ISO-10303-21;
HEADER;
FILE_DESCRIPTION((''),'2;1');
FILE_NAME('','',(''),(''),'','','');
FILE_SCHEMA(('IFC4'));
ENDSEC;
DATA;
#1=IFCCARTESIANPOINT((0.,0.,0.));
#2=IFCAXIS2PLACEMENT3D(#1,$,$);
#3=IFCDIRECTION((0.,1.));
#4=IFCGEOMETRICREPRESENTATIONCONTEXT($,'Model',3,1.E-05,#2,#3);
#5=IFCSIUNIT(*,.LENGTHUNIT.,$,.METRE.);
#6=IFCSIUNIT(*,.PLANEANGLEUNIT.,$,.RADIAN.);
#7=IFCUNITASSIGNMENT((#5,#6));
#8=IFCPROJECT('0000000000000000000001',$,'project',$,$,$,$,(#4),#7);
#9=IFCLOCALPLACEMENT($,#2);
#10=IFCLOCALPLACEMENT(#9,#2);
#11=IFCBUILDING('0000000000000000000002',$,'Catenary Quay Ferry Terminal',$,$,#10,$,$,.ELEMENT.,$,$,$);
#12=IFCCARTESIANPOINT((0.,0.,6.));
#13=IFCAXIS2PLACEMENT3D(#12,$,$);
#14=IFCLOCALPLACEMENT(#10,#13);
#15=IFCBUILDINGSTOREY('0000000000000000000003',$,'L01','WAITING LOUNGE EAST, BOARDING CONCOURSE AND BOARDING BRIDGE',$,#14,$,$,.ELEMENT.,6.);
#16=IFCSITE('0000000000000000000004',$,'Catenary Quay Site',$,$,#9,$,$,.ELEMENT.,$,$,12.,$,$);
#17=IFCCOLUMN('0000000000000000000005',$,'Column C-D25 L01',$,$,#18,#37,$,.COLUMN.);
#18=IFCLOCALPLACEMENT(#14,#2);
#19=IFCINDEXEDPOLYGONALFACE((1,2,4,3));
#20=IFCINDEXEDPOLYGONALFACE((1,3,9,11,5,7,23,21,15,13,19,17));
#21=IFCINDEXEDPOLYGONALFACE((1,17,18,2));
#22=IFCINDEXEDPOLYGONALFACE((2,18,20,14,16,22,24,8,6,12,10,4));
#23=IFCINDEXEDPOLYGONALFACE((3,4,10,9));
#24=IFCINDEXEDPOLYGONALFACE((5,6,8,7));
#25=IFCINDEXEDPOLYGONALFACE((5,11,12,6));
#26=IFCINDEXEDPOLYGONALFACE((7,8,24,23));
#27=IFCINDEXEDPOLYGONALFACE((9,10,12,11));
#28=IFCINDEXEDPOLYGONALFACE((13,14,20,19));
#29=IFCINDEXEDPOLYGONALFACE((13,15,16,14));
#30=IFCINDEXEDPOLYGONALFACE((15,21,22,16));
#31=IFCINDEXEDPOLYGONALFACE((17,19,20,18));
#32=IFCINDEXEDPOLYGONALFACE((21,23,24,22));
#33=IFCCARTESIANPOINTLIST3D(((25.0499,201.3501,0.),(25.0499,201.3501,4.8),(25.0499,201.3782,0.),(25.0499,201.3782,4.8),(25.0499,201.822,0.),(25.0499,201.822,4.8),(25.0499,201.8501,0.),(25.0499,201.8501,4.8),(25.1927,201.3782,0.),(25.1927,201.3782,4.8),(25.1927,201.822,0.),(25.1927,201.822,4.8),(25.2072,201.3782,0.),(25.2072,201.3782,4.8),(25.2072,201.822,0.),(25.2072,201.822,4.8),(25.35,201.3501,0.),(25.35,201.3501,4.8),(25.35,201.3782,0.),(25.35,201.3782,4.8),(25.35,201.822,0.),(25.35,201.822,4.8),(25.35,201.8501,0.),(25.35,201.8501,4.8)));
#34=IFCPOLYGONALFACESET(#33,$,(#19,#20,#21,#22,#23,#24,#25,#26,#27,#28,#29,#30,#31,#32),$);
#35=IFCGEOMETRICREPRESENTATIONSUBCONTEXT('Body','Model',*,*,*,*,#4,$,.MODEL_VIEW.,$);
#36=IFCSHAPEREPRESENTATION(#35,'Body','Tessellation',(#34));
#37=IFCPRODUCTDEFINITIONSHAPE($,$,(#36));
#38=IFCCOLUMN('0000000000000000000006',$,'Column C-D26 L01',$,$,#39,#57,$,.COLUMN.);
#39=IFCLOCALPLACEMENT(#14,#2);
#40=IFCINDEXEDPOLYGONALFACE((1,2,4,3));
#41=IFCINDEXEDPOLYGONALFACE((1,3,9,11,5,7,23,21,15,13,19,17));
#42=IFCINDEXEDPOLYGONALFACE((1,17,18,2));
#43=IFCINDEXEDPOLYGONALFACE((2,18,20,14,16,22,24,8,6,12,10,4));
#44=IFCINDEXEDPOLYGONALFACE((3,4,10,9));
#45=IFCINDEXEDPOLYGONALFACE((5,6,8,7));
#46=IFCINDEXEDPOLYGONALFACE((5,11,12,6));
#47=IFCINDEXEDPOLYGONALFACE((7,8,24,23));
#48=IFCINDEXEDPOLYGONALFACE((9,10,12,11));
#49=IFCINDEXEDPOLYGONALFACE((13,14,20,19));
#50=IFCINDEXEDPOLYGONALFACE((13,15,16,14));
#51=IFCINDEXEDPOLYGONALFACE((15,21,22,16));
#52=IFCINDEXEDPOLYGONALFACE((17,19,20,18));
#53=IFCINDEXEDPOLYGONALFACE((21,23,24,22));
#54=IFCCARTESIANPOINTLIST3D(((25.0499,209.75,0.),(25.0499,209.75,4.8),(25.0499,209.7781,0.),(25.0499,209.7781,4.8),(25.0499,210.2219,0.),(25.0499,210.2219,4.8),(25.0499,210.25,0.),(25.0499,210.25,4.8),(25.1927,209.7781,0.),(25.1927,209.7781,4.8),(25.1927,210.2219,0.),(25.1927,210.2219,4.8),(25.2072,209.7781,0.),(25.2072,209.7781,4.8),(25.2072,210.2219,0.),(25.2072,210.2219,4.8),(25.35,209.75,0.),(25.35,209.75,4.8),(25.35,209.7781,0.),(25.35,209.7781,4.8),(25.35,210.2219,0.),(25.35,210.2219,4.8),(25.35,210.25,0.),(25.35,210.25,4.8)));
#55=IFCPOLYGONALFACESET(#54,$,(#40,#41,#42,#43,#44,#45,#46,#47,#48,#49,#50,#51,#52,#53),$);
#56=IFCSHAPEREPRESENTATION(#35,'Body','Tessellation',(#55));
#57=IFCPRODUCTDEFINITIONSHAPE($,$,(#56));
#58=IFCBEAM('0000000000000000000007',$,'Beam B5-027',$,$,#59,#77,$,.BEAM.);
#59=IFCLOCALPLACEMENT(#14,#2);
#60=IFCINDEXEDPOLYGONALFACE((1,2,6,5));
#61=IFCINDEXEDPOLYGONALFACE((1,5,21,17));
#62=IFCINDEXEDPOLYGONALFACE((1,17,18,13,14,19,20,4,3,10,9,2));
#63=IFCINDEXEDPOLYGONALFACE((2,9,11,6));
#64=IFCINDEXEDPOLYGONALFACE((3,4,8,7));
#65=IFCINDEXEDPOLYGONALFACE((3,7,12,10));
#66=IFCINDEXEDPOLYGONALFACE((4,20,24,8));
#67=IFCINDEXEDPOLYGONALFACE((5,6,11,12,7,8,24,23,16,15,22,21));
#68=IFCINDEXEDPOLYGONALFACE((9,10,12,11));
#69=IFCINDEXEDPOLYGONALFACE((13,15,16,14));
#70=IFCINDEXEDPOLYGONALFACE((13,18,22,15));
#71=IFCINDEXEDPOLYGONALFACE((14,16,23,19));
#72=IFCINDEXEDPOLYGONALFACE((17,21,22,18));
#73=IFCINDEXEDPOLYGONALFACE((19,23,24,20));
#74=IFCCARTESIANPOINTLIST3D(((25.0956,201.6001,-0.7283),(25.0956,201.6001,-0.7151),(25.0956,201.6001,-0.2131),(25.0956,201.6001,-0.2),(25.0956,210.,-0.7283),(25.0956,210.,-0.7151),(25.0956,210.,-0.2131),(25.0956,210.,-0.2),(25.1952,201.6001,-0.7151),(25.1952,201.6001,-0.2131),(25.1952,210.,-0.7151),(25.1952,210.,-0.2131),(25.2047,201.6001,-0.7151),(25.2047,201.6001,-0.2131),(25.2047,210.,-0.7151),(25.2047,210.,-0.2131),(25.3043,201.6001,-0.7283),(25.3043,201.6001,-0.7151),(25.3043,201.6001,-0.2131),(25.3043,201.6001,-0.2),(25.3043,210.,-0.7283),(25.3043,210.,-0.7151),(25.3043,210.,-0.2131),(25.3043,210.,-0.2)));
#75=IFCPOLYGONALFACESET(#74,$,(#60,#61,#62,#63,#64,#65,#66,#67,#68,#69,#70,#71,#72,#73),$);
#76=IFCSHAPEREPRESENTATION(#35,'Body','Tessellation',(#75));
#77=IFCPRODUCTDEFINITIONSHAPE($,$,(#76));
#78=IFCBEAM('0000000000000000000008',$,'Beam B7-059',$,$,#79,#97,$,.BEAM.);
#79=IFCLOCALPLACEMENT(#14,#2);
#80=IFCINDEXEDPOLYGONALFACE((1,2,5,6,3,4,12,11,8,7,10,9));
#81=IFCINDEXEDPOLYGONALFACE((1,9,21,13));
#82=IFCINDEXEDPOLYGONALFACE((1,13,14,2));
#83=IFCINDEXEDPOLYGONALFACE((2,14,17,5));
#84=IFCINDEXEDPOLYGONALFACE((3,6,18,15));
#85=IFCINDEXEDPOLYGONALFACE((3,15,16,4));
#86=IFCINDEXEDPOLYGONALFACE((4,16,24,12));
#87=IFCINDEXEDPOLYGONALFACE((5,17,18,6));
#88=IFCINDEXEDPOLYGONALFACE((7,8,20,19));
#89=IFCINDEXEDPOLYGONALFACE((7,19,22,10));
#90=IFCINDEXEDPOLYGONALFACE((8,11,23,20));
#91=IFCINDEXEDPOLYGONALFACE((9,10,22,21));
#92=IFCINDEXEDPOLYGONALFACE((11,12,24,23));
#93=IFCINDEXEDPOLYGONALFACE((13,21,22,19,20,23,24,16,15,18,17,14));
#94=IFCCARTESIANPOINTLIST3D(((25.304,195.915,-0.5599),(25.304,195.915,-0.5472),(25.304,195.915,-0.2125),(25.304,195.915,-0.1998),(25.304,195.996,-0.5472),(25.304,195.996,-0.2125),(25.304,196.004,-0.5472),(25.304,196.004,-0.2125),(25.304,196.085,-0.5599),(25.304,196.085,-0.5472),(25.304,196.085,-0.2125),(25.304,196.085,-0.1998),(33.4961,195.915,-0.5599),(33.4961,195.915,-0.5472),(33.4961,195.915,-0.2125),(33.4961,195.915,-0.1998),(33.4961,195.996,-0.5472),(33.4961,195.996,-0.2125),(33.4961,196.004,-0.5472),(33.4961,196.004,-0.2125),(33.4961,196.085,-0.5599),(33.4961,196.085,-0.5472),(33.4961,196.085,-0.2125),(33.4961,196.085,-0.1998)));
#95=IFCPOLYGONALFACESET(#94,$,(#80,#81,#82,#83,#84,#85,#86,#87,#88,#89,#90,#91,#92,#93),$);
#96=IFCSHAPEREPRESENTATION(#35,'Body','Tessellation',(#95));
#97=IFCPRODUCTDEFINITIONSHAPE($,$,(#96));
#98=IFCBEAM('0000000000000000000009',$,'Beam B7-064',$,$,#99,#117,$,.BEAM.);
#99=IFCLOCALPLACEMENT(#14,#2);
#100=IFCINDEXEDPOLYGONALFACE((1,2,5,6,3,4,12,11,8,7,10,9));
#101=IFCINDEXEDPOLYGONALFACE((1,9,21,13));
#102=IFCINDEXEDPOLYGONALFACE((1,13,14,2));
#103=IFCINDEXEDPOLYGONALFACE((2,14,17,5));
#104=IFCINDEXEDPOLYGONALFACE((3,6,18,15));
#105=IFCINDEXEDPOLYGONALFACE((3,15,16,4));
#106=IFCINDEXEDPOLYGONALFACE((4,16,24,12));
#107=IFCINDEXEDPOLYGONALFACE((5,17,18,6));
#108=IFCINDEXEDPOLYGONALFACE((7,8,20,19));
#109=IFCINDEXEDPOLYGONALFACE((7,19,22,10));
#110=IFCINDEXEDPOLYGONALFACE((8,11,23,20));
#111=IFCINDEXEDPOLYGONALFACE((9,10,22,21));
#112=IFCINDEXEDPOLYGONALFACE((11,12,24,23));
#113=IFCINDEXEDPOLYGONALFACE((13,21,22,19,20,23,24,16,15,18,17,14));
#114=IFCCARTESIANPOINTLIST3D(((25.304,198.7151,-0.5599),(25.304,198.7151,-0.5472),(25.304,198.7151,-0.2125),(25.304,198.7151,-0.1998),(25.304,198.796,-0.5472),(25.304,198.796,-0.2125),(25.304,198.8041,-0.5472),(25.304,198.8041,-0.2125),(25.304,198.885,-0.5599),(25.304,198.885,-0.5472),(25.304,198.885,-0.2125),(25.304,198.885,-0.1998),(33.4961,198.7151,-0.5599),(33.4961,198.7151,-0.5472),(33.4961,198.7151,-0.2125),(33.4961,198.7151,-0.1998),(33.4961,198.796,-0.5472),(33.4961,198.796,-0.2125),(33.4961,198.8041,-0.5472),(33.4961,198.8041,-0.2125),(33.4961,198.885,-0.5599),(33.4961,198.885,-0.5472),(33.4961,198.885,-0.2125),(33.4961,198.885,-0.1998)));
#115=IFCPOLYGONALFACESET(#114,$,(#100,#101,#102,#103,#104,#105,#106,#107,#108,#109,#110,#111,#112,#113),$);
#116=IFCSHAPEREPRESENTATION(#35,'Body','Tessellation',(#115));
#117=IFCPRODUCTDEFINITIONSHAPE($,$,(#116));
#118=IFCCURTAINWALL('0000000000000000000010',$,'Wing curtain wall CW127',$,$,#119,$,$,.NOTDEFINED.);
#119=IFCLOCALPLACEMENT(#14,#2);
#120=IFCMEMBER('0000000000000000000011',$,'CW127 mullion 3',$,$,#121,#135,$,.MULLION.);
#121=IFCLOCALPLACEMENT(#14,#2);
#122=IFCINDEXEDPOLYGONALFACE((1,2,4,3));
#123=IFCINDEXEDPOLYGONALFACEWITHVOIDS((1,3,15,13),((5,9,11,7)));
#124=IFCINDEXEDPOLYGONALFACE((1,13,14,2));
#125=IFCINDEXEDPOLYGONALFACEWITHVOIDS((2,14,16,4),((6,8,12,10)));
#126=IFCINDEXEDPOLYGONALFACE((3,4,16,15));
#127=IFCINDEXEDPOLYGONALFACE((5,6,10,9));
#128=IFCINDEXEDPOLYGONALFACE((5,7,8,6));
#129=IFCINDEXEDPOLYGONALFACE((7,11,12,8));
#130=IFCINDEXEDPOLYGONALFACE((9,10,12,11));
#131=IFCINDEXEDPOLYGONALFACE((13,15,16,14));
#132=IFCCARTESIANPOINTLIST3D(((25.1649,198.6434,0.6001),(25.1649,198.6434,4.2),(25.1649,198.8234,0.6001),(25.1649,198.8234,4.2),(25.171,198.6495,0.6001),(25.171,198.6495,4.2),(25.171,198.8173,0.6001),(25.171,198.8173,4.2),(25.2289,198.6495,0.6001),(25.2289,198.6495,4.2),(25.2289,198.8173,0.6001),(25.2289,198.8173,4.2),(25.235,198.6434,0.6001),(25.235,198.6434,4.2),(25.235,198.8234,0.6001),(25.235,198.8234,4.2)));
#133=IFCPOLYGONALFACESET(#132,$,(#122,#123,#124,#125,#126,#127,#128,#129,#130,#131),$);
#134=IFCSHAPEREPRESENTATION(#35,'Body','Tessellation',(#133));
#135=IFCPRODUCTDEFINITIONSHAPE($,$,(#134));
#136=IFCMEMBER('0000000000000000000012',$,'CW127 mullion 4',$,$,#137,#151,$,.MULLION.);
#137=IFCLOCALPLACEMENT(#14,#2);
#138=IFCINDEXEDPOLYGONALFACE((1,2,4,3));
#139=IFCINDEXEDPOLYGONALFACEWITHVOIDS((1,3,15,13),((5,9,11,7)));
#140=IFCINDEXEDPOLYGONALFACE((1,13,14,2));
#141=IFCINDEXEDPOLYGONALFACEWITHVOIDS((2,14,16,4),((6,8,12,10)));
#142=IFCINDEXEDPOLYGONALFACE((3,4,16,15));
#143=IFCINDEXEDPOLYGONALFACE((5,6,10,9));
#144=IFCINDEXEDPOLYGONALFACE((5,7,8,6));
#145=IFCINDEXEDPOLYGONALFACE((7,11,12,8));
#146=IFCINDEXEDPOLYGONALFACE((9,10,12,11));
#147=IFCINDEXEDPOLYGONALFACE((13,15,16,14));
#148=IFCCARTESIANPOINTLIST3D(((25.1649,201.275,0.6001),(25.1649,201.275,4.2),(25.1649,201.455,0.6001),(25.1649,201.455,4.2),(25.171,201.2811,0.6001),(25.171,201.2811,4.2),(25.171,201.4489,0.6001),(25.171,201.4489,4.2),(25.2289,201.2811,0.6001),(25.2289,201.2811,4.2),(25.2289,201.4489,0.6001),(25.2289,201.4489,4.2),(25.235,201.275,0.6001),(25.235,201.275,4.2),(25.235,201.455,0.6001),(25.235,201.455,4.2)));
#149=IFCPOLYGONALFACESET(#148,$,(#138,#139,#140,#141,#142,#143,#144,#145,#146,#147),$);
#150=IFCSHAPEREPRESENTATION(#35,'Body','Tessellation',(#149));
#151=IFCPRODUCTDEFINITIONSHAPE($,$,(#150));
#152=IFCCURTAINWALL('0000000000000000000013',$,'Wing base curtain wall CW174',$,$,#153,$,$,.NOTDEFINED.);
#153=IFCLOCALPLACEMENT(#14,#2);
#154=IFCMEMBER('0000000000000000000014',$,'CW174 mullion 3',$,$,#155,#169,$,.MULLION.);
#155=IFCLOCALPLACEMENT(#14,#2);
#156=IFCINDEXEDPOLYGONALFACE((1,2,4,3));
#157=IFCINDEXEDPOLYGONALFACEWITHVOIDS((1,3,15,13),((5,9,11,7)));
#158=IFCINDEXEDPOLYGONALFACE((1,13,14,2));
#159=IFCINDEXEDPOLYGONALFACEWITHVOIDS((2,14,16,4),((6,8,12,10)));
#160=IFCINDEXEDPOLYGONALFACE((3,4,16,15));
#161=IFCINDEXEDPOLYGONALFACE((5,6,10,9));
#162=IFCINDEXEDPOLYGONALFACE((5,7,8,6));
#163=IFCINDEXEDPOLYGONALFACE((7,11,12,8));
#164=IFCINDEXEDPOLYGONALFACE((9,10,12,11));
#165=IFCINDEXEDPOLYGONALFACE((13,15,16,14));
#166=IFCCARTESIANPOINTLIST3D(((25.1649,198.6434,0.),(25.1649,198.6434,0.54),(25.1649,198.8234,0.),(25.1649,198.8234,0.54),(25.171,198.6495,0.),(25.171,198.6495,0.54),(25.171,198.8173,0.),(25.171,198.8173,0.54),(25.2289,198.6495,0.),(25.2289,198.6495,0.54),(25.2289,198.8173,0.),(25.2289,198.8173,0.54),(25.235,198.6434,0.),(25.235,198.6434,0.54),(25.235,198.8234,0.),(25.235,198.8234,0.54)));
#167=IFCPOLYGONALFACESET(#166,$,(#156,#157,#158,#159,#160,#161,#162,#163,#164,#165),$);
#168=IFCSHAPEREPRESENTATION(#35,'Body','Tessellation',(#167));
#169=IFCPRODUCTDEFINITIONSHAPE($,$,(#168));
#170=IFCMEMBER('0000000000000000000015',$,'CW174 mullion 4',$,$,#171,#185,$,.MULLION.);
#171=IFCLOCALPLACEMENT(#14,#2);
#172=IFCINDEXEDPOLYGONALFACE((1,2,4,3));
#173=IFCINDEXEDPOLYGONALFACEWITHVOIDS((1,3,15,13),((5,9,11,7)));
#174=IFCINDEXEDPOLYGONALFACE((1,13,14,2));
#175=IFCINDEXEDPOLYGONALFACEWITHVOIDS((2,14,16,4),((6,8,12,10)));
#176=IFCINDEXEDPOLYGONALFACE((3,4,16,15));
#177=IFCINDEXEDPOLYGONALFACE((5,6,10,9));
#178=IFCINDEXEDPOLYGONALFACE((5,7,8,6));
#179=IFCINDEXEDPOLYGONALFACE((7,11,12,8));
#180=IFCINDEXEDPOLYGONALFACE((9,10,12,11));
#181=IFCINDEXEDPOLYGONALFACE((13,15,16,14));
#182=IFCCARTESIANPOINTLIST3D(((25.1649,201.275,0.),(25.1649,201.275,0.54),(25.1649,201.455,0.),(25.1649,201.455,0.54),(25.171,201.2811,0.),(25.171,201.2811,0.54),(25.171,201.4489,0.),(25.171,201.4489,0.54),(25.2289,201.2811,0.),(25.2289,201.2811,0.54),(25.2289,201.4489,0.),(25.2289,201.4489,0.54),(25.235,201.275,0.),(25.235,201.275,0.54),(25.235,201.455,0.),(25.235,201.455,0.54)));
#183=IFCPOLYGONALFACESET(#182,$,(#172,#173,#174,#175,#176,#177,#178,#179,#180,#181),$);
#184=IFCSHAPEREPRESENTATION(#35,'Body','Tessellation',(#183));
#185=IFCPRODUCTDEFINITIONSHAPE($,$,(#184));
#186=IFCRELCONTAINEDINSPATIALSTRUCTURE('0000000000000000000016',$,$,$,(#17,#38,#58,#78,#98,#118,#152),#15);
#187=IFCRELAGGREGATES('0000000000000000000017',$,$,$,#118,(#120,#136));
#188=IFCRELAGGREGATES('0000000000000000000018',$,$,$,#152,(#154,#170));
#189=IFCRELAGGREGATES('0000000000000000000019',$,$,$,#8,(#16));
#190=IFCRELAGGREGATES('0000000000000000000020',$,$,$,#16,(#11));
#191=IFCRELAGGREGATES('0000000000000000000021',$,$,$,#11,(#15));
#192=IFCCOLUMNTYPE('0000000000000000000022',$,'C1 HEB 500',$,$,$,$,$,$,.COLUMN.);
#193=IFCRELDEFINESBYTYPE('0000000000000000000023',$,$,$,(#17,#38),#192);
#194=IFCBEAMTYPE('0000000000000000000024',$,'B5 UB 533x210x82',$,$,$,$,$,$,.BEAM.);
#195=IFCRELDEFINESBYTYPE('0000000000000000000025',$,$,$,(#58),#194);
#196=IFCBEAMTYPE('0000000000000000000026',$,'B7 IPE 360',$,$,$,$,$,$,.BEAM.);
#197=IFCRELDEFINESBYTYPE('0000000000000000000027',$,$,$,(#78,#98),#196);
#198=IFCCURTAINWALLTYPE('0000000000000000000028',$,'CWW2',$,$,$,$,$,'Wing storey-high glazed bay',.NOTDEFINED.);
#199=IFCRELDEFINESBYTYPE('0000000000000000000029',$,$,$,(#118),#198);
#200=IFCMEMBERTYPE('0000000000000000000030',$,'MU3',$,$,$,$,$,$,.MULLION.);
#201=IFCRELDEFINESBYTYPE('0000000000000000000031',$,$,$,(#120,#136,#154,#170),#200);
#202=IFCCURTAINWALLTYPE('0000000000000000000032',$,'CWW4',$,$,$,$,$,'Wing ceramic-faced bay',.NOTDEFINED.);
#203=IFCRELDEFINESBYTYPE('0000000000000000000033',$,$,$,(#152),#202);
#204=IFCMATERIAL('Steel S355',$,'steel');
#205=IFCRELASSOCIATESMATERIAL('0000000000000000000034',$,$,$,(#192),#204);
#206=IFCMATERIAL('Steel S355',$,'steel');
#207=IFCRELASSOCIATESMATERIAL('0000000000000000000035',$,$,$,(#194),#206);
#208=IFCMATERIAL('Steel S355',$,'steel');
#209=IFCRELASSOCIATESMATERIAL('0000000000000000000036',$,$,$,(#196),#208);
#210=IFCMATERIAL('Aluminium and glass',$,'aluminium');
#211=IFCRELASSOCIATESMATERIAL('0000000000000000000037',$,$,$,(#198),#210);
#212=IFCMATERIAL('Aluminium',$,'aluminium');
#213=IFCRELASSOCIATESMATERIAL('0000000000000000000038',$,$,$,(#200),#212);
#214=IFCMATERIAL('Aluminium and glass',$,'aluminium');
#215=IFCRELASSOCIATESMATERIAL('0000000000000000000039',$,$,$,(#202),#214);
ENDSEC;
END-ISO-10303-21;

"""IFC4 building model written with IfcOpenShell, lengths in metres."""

from ifc_helpers import new_model, si_unit, direction, frame, origin, origin_2d, place, context, subcontext, project, spatial, hollow_rectangle, i_section, extrude, material, material_profile, profile_set, type_object, element, aggregate, save


model = new_model("IFC4")

# Units and contexts
model_context = context("Model", 3, precision=1e-05, world=origin(), true_north=direction((0.0, 1.0)))
body_context = subcontext(model_context, "Body", "Model", "MODEL_VIEW")
ifc_project = project(units=[si_unit("LENGTHUNIT", "METRE"), si_unit("PLANEANGLEUNIT", "RADIAN")], contexts=[model_context])

# Site, building, storey
site_placement = place(None, origin())
site = spatial("IfcSite", under=ifc_project, at=site_placement, Name="Catenary Quay Site", CompositionType="ELEMENT", RefElevation=12.0)
building_placement = place(site_placement, origin())
building = spatial("IfcBuilding", under=site, at=building_placement, Name="Catenary Quay Ferry Terminal", CompositionType="ELEMENT")
storey_placement = place(building_placement, frame((0.0, 0.0, 6.0)))
storey = spatial("IfcBuildingStorey", under=building, at=storey_placement, Name="L01", Description="WAITING LOUNGE EAST, BOARDING CONCOURSE AND BOARDING BRIDGE", CompositionType="ELEMENT", Elevation=6.0)

# Columns
ifc_material_1 = material(Name="Steel S355", Category="steel")
ifc_material_profile_1 = material_profile(ifc_material_1, i_section(OverallWidth=0.3, OverallDepth=0.5, WebThickness=0.0144, FlangeThickness=0.0281, at=origin_2d()), Name="HEB 500")
ifc_profile_set_1 = profile_set([ifc_material_profile_1], Name="Steel S355")
column_type = type_object("IfcColumnType", Name="C1 HEB 500", PredefinedType="COLUMN", material=ifc_profile_set_1)
for number, where, z_axis, x_axis, name in (
    (1, (25.2, 201.6001, 0.0), (0.0, 0.0, 1.0), (1.0, 0.0, 0.0), "Column C-D25 L01"),
    (2, (25.2, 210.0, 0.0), (0.0, 0.0, 1.0), (1.0, 0.0, 0.0), "Column C-D26 L01"),
):
    element("IfcColumn", number, at=place(storey_placement, frame(where, z_axis=z_axis, x_axis=x_axis)), inside=storey, type_object=column_type, Name=name, PredefinedType="COLUMN", context=body_context, shape_type="SweptSolid", body=[
        extrude(i_section(OverallWidth=0.3, OverallDepth=0.5, WebThickness=0.0144, FlangeThickness=0.0281, at=origin_2d()), origin(), (0.0, 0.0, 1.0), 4.8),
    ])

# Beams
ifc_material_2 = material(Name="Steel S355", Category="steel")
ifc_material_profile_2 = material_profile(ifc_material_2, i_section(OverallWidth=0.2087, OverallDepth=0.5283, WebThickness=0.0095, FlangeThickness=0.0132, at=origin_2d()), Name="UB 533x210x82")
ifc_profile_set_2 = profile_set([ifc_material_profile_2], Name="Steel S355")
beam_type_1 = type_object("IfcBeamType", Name="B5 UB 533x210x82", PredefinedType="BEAM", material=ifc_profile_set_2)
beam_placement = place(storey_placement, frame((25.2, 201.6001, -0.4641), z_axis=(0.0, 1.0, 0.0), x_axis=(-1.0, 0.0, 0.0)))
element("IfcBeam", 3, at=beam_placement, inside=storey, type_object=beam_type_1, Name="Beam B5-027", PredefinedType="BEAM", context=body_context, shape_type="SweptSolid", body=[
    extrude(i_section(OverallWidth=0.2087, OverallDepth=0.5283, WebThickness=0.0095, FlangeThickness=0.0132, at=origin_2d()), origin(), (0.0, 0.0, 1.0), 8.3999),
])
ifc_material_3 = material(Name="Steel S355", Category="steel")
ifc_material_profile_3 = material_profile(ifc_material_3, i_section(OverallWidth=0.1699, OverallDepth=0.3601, WebThickness=0.0081, FlangeThickness=0.0127, at=origin_2d()), Name="IPE 360")
ifc_profile_set_3 = profile_set([ifc_material_profile_3], Name="Steel S355")
beam_type_2 = type_object("IfcBeamType", Name="B7 IPE 360", PredefinedType="BEAM", material=ifc_profile_set_3)
for number, where, z_axis, x_axis, name in (
    (4, (25.304, 196.0, -0.3799), (1.0, 0.0, 0.0), (0.0, 1.0, 0.0), "Beam B7-059"),
    (5, (25.304, 198.8, -0.3799), (1.0, 0.0, 0.0), (0.0, 1.0, 0.0), "Beam B7-064"),
):
    element("IfcBeam", number, at=place(storey_placement, frame(where, z_axis=z_axis, x_axis=x_axis)), inside=storey, type_object=beam_type_2, Name=name, PredefinedType="BEAM", context=body_context, shape_type="SweptSolid", body=[
        extrude(i_section(OverallWidth=0.1699, OverallDepth=0.3601, WebThickness=0.0081, FlangeThickness=0.0127, at=origin_2d()), origin(), (0.0, 0.0, 1.0), 8.1921),
    ])

# Curtain walls, members
ifc_material_4 = material(Name="Aluminium and glass", Category="aluminium")
curtain_wall_type_1 = type_object("IfcCurtainWallType", Name="CWW2", ElementType="Wing storey-high glazed bay", PredefinedType="NOTDEFINED", material=ifc_material_4)
curtain_wall_1_placement = place(storey_placement, origin())
curtain_wall_1 = element("IfcCurtainWall", 6, at=curtain_wall_1_placement, inside=storey, type_object=curtain_wall_type_1, Name="Wing curtain wall CW127", PredefinedType="NOTDEFINED")
ifc_material_5 = material(Name="Aluminium", Category="aluminium")
ifc_material_profile_4 = material_profile(ifc_material_5, hollow_rectangle(XDim=0.0701, YDim=0.1799, WallThickness=0.0061, at=origin_2d()), Name="MU3")
ifc_profile_set_4 = profile_set([ifc_material_profile_4], Name="Aluminium")
member_type_1 = type_object("IfcMemberType", Name="MU3", PredefinedType="MULLION", material=ifc_profile_set_4)
member_1_placement = place(storey_placement, frame((25.2, 198.7334, 0.6001), z_axis=(0.0, 0.0, 1.0), x_axis=(-1.0, 0.0, 0.0)))
member_1 = element("IfcMember", 7, at=member_1_placement, type_object=member_type_1, Name="CW127 mullion 3", PredefinedType="MULLION", context=body_context, shape_type="SweptSolid", body=[
    extrude(hollow_rectangle(XDim=0.0701, YDim=0.1799, WallThickness=0.0061, at=origin_2d()), origin(), (0.0, 0.0, 1.0), 3.5999),
])
member_2_placement = place(storey_placement, frame((25.2, 201.365, 0.6001), z_axis=(0.0, 0.0, 1.0), x_axis=(-1.0, 0.0, 0.0)))
member_2 = element("IfcMember", 8, at=member_2_placement, type_object=member_type_1, Name="CW127 mullion 4", PredefinedType="MULLION", context=body_context, shape_type="SweptSolid", body=[
    extrude(hollow_rectangle(XDim=0.0701, YDim=0.1799, WallThickness=0.0061, at=origin_2d()), origin(), (0.0, 0.0, 1.0), 3.5999),
])
ifc_material_6 = material(Name="Aluminium and glass", Category="aluminium")
curtain_wall_type_2 = type_object("IfcCurtainWallType", Name="CWW4", ElementType="Wing ceramic-faced bay", PredefinedType="NOTDEFINED", material=ifc_material_6)
curtain_wall_2_placement = place(storey_placement, origin())
curtain_wall_2 = element("IfcCurtainWall", 9, at=curtain_wall_2_placement, inside=storey, type_object=curtain_wall_type_2, Name="Wing base curtain wall CW174", PredefinedType="NOTDEFINED")
member_3_placement = place(storey_placement, frame((25.2, 198.7334, 0.0), z_axis=(0.0, 0.0, 1.0), x_axis=(-1.0, 0.0, 0.0)))
member_3 = element("IfcMember", 10, at=member_3_placement, type_object=member_type_1, Name="CW174 mullion 3", PredefinedType="MULLION", context=body_context, shape_type="SweptSolid", body=[
    extrude(hollow_rectangle(XDim=0.0701, YDim=0.1799, WallThickness=0.0061, at=origin_2d()), origin(), (0.0, 0.0, 1.0), 0.54),
])
member_4_placement = place(storey_placement, frame((25.2, 201.365, 0.0), z_axis=(0.0, 0.0, 1.0), x_axis=(-1.0, 0.0, 0.0)))
member_4 = element("IfcMember", 11, at=member_4_placement, type_object=member_type_1, Name="CW174 mullion 4", PredefinedType="MULLION", context=body_context, shape_type="SweptSolid", body=[
    extrude(hollow_rectangle(XDim=0.0701, YDim=0.1799, WallThickness=0.0061, at=origin_2d()), origin(), (0.0, 0.0, 1.0), 0.54),
])

aggregate(curtain_wall_1, [member_1, member_2])
aggregate(curtain_wall_2, [member_3, member_4])

save(model, "model.ifc")
